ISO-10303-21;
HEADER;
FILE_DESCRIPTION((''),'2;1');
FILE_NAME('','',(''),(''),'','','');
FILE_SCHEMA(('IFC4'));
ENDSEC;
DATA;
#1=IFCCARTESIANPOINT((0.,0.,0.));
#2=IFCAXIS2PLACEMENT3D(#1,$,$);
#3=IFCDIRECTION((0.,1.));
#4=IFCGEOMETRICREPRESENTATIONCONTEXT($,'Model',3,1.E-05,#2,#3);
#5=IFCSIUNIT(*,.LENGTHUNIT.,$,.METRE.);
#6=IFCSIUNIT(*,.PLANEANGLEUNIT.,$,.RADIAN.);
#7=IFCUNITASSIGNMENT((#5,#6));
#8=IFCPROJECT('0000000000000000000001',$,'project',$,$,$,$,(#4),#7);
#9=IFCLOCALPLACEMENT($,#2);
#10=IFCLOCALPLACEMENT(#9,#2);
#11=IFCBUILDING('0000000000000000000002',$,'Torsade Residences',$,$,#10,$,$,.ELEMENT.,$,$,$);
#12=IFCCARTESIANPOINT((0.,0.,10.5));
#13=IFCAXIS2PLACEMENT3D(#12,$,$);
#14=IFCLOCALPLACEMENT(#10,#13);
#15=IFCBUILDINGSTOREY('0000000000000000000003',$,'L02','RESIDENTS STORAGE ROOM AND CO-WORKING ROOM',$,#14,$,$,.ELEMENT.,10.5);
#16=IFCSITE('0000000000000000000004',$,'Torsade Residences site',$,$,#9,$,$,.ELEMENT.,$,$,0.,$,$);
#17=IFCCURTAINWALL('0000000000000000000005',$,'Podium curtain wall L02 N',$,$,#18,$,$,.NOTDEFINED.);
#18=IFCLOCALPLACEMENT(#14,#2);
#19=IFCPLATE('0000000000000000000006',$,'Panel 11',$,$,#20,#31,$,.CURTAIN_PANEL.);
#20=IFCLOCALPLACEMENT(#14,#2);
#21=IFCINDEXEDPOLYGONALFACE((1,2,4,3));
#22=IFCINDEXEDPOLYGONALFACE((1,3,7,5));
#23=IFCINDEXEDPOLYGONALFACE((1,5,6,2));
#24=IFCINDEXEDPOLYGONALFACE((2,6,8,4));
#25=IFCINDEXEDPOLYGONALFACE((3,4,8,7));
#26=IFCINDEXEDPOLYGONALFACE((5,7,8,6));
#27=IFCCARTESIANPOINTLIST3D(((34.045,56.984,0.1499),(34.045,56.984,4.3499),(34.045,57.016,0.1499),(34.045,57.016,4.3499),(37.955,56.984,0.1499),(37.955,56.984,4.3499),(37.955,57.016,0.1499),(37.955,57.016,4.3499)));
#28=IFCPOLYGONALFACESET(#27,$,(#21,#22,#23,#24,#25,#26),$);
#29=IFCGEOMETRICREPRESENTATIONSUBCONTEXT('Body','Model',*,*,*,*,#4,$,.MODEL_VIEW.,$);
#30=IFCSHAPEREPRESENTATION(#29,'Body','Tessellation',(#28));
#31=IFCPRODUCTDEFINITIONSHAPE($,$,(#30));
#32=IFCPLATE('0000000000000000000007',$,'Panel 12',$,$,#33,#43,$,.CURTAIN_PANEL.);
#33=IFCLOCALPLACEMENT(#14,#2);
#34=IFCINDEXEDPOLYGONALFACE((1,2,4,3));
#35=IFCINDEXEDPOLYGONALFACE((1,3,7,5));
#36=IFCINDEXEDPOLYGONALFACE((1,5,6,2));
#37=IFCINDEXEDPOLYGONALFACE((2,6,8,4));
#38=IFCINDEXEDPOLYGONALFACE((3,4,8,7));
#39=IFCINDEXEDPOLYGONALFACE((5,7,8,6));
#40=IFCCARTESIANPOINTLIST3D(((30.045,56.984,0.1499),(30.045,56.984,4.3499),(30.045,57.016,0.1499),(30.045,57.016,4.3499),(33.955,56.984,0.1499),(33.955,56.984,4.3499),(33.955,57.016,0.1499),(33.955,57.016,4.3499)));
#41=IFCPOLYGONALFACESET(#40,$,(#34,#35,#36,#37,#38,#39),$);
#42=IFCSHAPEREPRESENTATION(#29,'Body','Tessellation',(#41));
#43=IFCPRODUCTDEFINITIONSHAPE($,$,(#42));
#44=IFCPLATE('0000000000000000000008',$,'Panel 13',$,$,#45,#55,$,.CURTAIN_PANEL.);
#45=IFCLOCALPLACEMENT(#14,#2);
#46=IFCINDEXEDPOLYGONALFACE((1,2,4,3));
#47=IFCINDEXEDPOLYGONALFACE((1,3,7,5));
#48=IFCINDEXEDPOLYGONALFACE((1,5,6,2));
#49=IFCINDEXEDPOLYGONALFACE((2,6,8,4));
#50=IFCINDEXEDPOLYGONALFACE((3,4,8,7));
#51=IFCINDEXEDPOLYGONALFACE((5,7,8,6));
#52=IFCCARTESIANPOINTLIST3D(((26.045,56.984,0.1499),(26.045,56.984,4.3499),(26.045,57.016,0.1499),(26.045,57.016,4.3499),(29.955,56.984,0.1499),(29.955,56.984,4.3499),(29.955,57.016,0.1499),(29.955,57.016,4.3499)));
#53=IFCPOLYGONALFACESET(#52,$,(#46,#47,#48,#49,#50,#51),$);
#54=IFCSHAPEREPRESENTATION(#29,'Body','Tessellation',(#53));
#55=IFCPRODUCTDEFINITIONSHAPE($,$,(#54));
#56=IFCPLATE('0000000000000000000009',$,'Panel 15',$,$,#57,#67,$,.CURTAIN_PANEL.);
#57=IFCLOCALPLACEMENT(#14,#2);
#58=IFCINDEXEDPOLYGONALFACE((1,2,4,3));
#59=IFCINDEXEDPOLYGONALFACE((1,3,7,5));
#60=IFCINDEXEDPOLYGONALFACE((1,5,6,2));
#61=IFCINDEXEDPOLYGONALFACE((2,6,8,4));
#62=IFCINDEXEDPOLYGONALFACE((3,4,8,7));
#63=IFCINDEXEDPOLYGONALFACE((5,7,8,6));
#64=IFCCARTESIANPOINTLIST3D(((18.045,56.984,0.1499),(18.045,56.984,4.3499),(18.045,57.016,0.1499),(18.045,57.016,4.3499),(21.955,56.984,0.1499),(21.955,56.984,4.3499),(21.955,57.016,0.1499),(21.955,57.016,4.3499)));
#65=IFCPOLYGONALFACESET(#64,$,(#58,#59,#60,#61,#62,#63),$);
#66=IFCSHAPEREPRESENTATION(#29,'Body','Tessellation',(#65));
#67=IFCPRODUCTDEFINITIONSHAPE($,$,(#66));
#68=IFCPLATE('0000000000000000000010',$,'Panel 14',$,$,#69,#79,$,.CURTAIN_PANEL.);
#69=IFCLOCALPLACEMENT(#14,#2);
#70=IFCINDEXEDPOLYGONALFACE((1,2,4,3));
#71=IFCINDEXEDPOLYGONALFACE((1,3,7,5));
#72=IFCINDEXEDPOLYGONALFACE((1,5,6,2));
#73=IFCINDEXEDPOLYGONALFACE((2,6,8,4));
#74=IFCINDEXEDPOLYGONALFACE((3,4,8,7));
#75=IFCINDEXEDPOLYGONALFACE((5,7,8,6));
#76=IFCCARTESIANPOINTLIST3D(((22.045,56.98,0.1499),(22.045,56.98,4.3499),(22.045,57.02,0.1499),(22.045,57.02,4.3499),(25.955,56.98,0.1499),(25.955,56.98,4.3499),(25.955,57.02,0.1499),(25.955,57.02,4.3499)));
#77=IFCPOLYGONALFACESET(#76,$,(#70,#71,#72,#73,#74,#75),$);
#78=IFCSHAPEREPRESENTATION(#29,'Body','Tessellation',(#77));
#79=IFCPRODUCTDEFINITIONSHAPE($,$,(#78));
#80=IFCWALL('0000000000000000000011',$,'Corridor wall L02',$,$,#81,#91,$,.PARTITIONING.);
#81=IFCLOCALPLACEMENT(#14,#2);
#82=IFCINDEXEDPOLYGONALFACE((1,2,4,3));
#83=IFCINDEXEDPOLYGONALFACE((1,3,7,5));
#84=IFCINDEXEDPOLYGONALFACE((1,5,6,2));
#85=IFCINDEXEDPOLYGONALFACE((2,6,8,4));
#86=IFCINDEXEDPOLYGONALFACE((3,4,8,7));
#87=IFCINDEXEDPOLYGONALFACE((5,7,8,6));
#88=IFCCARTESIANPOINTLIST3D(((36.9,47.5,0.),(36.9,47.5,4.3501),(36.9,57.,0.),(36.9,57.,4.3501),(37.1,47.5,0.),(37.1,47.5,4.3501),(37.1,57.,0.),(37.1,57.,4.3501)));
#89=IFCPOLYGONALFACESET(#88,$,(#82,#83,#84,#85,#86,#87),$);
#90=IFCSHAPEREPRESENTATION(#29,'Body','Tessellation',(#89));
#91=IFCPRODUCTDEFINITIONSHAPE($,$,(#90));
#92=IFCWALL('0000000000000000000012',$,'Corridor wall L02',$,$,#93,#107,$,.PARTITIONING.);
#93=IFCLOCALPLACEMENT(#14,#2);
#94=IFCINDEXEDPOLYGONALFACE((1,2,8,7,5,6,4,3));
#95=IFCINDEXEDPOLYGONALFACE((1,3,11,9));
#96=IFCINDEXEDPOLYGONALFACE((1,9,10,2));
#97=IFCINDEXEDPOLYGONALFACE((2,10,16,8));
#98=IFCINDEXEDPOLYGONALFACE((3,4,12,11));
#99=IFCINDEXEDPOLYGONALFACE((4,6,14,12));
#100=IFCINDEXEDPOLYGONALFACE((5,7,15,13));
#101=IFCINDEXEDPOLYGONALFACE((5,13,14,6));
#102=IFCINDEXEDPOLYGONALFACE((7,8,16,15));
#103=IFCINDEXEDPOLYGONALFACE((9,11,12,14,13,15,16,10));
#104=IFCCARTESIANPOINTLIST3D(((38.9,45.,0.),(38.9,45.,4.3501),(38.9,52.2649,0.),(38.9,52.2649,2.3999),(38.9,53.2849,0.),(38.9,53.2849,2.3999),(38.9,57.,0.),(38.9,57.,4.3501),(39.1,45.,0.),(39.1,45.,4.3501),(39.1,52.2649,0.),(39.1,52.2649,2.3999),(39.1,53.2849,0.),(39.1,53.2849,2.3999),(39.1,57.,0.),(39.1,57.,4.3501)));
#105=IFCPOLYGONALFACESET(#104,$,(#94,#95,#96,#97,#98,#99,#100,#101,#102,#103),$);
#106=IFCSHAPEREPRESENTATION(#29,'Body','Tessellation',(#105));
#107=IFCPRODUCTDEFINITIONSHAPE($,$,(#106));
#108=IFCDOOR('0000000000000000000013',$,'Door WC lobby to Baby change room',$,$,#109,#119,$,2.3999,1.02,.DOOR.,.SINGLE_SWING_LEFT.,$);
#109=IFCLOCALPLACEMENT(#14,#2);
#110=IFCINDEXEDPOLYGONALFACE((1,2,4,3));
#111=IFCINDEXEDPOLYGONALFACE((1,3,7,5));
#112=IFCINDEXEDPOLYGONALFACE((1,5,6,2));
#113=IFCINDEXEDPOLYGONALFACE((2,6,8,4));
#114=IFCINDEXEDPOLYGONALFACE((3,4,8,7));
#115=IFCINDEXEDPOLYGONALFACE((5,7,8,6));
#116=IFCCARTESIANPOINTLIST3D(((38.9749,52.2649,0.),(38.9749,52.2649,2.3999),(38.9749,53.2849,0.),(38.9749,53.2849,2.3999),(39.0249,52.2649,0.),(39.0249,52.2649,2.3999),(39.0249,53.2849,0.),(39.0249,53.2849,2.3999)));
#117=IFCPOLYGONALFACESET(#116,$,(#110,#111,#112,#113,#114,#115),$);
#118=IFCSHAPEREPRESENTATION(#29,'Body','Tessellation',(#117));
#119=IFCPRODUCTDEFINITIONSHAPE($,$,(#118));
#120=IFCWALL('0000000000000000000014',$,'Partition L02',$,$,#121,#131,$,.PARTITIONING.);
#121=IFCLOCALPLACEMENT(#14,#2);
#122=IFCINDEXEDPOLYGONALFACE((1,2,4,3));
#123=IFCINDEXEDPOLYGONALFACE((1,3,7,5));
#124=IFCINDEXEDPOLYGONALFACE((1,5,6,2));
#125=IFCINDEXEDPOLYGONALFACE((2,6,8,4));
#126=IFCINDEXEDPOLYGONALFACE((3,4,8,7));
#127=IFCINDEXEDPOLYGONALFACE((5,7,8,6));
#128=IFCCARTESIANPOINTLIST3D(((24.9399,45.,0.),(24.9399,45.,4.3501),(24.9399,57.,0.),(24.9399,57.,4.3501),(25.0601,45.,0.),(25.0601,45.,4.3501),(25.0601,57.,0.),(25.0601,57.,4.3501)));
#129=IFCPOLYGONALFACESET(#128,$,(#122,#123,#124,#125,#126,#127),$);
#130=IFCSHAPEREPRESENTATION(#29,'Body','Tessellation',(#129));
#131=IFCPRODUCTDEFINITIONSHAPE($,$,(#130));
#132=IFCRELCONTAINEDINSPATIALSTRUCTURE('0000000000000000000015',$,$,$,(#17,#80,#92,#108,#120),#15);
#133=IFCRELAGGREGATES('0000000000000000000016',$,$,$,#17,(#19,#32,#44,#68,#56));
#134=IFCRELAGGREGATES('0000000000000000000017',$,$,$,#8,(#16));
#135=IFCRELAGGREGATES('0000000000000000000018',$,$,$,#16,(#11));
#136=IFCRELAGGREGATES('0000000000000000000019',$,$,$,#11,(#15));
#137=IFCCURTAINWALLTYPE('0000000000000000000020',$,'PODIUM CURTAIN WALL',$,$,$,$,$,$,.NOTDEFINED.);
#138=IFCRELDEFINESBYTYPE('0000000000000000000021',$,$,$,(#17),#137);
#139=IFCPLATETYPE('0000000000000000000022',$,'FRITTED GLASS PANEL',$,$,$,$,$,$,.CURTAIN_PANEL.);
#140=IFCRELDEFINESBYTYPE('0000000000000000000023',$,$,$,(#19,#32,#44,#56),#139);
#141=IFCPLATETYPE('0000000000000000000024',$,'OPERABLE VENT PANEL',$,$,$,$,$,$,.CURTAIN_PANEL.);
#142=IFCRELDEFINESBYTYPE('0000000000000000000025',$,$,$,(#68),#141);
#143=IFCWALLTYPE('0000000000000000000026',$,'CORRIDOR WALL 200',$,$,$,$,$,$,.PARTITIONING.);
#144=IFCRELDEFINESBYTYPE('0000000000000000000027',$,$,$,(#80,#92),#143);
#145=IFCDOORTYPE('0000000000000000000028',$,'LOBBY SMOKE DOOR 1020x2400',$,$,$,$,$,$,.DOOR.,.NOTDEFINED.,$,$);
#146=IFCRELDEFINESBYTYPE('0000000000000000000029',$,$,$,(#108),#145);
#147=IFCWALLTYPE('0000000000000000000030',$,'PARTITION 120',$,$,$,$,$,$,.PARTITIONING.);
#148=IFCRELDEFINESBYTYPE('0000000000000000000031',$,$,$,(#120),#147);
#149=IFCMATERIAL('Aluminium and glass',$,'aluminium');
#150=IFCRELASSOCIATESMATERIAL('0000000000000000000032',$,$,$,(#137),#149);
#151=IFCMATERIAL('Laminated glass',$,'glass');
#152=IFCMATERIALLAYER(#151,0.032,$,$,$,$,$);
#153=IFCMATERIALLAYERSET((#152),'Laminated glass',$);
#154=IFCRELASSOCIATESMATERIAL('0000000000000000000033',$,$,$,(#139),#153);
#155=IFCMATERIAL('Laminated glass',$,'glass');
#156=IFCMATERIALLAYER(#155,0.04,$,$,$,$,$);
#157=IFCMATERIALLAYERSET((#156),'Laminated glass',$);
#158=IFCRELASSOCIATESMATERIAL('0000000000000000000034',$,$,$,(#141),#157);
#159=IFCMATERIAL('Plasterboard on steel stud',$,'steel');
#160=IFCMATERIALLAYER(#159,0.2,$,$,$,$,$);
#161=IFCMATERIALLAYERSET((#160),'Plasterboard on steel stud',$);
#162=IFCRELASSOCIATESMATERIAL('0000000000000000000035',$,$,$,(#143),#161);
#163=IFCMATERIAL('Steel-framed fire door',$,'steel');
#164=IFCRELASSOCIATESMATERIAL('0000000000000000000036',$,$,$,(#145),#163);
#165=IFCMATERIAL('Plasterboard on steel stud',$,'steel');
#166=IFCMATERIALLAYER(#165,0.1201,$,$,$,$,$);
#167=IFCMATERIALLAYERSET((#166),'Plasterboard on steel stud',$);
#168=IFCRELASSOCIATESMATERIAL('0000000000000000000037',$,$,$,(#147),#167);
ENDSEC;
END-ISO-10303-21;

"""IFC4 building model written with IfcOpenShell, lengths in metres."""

from ifc_helpers import new_model, si_unit, direction, frame, frame_2d, origin, origin_2d, place, context, subcontext, project, spatial, rectangle, extrude, material, layer, layer_set, type_object, element, fill, aggregate, save


model = new_model("IFC4")

# Units and contexts
model_context = context("Model", 3, precision=1e-05, world=origin(), true_north=direction((0.0, 1.0)))
body_context = subcontext(model_context, "Body", "Model", "MODEL_VIEW")
ifc_project = project(units=[si_unit("LENGTHUNIT", "METRE"), si_unit("PLANEANGLEUNIT", "RADIAN")], contexts=[model_context])

# Site, building, storey
site_placement = place(None, origin())
site = spatial("IfcSite", under=ifc_project, at=site_placement, Name="Torsade Residences site", CompositionType="ELEMENT", RefElevation=0.0)
building_placement = place(site_placement, origin())
building = spatial("IfcBuilding", under=site, at=building_placement, Name="Torsade Residences", CompositionType="ELEMENT")
storey_placement = place(building_placement, frame((0.0, 0.0, 10.5)))
storey = spatial("IfcBuildingStorey", under=building, at=storey_placement, Name="L02", Description="RESIDENTS STORAGE ROOM AND CO-WORKING ROOM", CompositionType="ELEMENT", Elevation=10.5)

# Curtain wall
ifc_material_1 = material(Name="Aluminium and glass", Category="aluminium")
curtain_wall_type = type_object("IfcCurtainWallType", Name="PODIUM CURTAIN WALL", PredefinedType="NOTDEFINED", material=ifc_material_1)
curtain_wall_placement = place(storey_placement, origin())
curtain_wall = element("IfcCurtainWall", 1, at=curtain_wall_placement, inside=storey, type_object=curtain_wall_type, Name="Podium curtain wall L02 N", PredefinedType="NOTDEFINED")

# Plates
ifc_material_2 = material(Name="Laminated glass", Category="glass")
ifc_layer_1 = layer(ifc_material_2, 0.032)
ifc_layer_set_1 = layer_set([ifc_layer_1], Name="Laminated glass")
plate_type_1 = type_object("IfcPlateType", Name="FRITTED GLASS PANEL", PredefinedType="CURTAIN_PANEL", material=ifc_layer_set_1)
plate_1_placement = place(storey_placement, frame((36.0, 57.0, 0.1499), z_axis=(0.0, 0.0, 1.0), x_axis=(-1.0, 0.0, 0.0)))
plate_1 = element("IfcPlate", 2, at=plate_1_placement, type_object=plate_type_1, Name="Panel 11", PredefinedType="CURTAIN_PANEL", context=body_context, shape_type="SweptSolid", body=[
    extrude(rectangle(XDim=3.9099, YDim=0.032, at=origin_2d()), origin(), (0.0, 0.0, 1.0), 4.2),
])
plate_2_placement = place(storey_placement, frame((32.0, 57.0, 0.1499), z_axis=(0.0, 0.0, 1.0), x_axis=(-1.0, 0.0, 0.0)))
plate_2 = element("IfcPlate", 3, at=plate_2_placement, type_object=plate_type_1, Name="Panel 12", PredefinedType="CURTAIN_PANEL", context=body_context, shape_type="SweptSolid", body=[
    extrude(rectangle(XDim=3.9099, YDim=0.032, at=origin_2d()), origin(), (0.0, 0.0, 1.0), 4.2),
])
plate_3_placement = place(storey_placement, frame((28.0, 57.0, 0.1499), z_axis=(0.0, 0.0, 1.0), x_axis=(-1.0, 0.0, 0.0)))
plate_3 = element("IfcPlate", 4, at=plate_3_placement, type_object=plate_type_1, Name="Panel 13", PredefinedType="CURTAIN_PANEL", context=body_context, shape_type="SweptSolid", body=[
    extrude(rectangle(XDim=3.9099, YDim=0.032, at=origin_2d()), origin(), (0.0, 0.0, 1.0), 4.2),
])
plate_4_placement = place(storey_placement, frame((20.0, 57.0, 0.1499), z_axis=(0.0, 0.0, 1.0), x_axis=(-1.0, 0.0, 0.0)))
plate_4 = element("IfcPlate", 5, at=plate_4_placement, type_object=plate_type_1, Name="Panel 15", PredefinedType="CURTAIN_PANEL", context=body_context, shape_type="SweptSolid", body=[
    extrude(rectangle(XDim=3.9099, YDim=0.032, at=origin_2d()), origin(), (0.0, 0.0, 1.0), 4.2),
])
ifc_material_3 = material(Name="Laminated glass", Category="glass")
ifc_layer_2 = layer(ifc_material_3, 0.04)
ifc_layer_set_2 = layer_set([ifc_layer_2], Name="Laminated glass")
plate_type_2 = type_object("IfcPlateType", Name="OPERABLE VENT PANEL", PredefinedType="CURTAIN_PANEL", material=ifc_layer_set_2)
plate_5_placement = place(storey_placement, frame((24.0, 57.0, 0.1499), z_axis=(0.0, 0.0, 1.0), x_axis=(-1.0, 0.0, 0.0)))
plate_5 = element("IfcPlate", 6, at=plate_5_placement, type_object=plate_type_2, Name="Panel 14", PredefinedType="CURTAIN_PANEL", context=body_context, shape_type="SweptSolid", body=[
    extrude(rectangle(XDim=3.9099, YDim=0.04, at=origin_2d()), origin(), (0.0, 0.0, 1.0), 4.2),
])
aggregate(curtain_wall, [plate_1, plate_2, plate_3, plate_5, plate_4])

# Wall
ifc_material_4 = material(Name="Plasterboard on steel stud", Category="steel")
ifc_layer_3 = layer(ifc_material_4, 0.2)
ifc_layer_set_3 = layer_set([ifc_layer_3], Name="Plasterboard on steel stud")
wall_type_1 = type_object("IfcWallType", Name="CORRIDOR WALL 200", PredefinedType="PARTITIONING", material=ifc_layer_set_3)
wall_1_placement = place(storey_placement, frame((37.0, 57.0, 0.0), z_axis=(0.0, 0.0, 1.0), x_axis=(0.0, -1.0, 0.0)))
element("IfcWall", 7, at=wall_1_placement, inside=storey, type_object=wall_type_1, Name="Corridor wall L02", PredefinedType="PARTITIONING", context=body_context, shape_type="SweptSolid", body=[
    extrude(rectangle(XDim=9.5, YDim=0.2, at=frame_2d((4.75, 0.0))), origin(), (0.0, 0.0, 1.0), 4.3501),
])

# Wall, opening, door
wall_2_placement = place(storey_placement, frame((39.0, 57.0, 0.0), z_axis=(0.0, 0.0, 1.0), x_axis=(0.0, -1.0, 0.0)))
wall_2 = element("IfcWall", 8, at=wall_2_placement, inside=storey, type_object=wall_type_1, Name="Corridor wall L02", PredefinedType="PARTITIONING", context=body_context, shape_type="SweptSolid", body=[
    extrude(rectangle(XDim=12.0, YDim=0.2, at=frame_2d((6.0, 0.0))), origin(), (0.0, 0.0, 1.0), 4.3501),
])
opening_placement = place(wall_2_placement, frame((3.7151, 0.0, 0.0)))
opening = element("IfcOpeningElement", 9, at=opening_placement, cuts=wall_2, PredefinedType="OPENING", context=body_context, shape_type="SweptSolid", body=[
    extrude(rectangle(XDim=1.02, YDim=2.3999, at=frame_2d((0.51, 1.2))), frame((0.0, 0.1099, 0.0), z_axis=(0.0, -1.0, 0.0), x_axis=(1.0, 0.0, 0.0)), (0.0, 0.0, 1.0), 0.22),
])
ifc_material_5 = material(Name="Steel-framed fire door", Category="steel")
door_type = type_object("IfcDoorType", Name="LOBBY SMOKE DOOR 1020x2400", OperationType="NOTDEFINED", PredefinedType="DOOR", material=ifc_material_5)
door_placement = place(opening_placement, origin())
door = element("IfcDoor", 10, at=door_placement, inside=storey, type_object=door_type, Name="Door WC lobby to Baby change room", OperationType="SINGLE_SWING_LEFT", OverallHeight=2.3999, OverallWidth=1.02, PredefinedType="DOOR", context=body_context, shape_type="SweptSolid", body=[
    extrude(rectangle(XDim=1.02, YDim=2.3999, at=frame_2d((0.51, 1.2))), frame((0.0, 0.0249, 0.0), z_axis=(0.0, -1.0, 0.0), x_axis=(1.0, 0.0, 0.0)), (0.0, 0.0, 1.0), 0.05),
])
fill(opening, door)

# Wall
ifc_material_6 = material(Name="Plasterboard on steel stud", Category="steel")
ifc_layer_4 = layer(ifc_material_6, 0.1201)
ifc_layer_set_4 = layer_set([ifc_layer_4], Name="Plasterboard on steel stud")
wall_type_2 = type_object("IfcWallType", Name="PARTITION 120", PredefinedType="PARTITIONING", material=ifc_layer_set_4)
wall_3_placement = place(storey_placement, frame((25.0, 57.0, 0.0), z_axis=(0.0, 0.0, 1.0), x_axis=(0.0, -1.0, 0.0)))
element("IfcWall", 11, at=wall_3_placement, inside=storey, type_object=wall_type_2, Name="Partition L02", PredefinedType="PARTITIONING", context=body_context, shape_type="SweptSolid", body=[
    extrude(rectangle(XDim=12.0, YDim=0.1201, at=frame_2d((6.0, 0.0))), origin(), (0.0, 0.0, 1.0), 4.3501),
])

save(model, "model.ifc")
